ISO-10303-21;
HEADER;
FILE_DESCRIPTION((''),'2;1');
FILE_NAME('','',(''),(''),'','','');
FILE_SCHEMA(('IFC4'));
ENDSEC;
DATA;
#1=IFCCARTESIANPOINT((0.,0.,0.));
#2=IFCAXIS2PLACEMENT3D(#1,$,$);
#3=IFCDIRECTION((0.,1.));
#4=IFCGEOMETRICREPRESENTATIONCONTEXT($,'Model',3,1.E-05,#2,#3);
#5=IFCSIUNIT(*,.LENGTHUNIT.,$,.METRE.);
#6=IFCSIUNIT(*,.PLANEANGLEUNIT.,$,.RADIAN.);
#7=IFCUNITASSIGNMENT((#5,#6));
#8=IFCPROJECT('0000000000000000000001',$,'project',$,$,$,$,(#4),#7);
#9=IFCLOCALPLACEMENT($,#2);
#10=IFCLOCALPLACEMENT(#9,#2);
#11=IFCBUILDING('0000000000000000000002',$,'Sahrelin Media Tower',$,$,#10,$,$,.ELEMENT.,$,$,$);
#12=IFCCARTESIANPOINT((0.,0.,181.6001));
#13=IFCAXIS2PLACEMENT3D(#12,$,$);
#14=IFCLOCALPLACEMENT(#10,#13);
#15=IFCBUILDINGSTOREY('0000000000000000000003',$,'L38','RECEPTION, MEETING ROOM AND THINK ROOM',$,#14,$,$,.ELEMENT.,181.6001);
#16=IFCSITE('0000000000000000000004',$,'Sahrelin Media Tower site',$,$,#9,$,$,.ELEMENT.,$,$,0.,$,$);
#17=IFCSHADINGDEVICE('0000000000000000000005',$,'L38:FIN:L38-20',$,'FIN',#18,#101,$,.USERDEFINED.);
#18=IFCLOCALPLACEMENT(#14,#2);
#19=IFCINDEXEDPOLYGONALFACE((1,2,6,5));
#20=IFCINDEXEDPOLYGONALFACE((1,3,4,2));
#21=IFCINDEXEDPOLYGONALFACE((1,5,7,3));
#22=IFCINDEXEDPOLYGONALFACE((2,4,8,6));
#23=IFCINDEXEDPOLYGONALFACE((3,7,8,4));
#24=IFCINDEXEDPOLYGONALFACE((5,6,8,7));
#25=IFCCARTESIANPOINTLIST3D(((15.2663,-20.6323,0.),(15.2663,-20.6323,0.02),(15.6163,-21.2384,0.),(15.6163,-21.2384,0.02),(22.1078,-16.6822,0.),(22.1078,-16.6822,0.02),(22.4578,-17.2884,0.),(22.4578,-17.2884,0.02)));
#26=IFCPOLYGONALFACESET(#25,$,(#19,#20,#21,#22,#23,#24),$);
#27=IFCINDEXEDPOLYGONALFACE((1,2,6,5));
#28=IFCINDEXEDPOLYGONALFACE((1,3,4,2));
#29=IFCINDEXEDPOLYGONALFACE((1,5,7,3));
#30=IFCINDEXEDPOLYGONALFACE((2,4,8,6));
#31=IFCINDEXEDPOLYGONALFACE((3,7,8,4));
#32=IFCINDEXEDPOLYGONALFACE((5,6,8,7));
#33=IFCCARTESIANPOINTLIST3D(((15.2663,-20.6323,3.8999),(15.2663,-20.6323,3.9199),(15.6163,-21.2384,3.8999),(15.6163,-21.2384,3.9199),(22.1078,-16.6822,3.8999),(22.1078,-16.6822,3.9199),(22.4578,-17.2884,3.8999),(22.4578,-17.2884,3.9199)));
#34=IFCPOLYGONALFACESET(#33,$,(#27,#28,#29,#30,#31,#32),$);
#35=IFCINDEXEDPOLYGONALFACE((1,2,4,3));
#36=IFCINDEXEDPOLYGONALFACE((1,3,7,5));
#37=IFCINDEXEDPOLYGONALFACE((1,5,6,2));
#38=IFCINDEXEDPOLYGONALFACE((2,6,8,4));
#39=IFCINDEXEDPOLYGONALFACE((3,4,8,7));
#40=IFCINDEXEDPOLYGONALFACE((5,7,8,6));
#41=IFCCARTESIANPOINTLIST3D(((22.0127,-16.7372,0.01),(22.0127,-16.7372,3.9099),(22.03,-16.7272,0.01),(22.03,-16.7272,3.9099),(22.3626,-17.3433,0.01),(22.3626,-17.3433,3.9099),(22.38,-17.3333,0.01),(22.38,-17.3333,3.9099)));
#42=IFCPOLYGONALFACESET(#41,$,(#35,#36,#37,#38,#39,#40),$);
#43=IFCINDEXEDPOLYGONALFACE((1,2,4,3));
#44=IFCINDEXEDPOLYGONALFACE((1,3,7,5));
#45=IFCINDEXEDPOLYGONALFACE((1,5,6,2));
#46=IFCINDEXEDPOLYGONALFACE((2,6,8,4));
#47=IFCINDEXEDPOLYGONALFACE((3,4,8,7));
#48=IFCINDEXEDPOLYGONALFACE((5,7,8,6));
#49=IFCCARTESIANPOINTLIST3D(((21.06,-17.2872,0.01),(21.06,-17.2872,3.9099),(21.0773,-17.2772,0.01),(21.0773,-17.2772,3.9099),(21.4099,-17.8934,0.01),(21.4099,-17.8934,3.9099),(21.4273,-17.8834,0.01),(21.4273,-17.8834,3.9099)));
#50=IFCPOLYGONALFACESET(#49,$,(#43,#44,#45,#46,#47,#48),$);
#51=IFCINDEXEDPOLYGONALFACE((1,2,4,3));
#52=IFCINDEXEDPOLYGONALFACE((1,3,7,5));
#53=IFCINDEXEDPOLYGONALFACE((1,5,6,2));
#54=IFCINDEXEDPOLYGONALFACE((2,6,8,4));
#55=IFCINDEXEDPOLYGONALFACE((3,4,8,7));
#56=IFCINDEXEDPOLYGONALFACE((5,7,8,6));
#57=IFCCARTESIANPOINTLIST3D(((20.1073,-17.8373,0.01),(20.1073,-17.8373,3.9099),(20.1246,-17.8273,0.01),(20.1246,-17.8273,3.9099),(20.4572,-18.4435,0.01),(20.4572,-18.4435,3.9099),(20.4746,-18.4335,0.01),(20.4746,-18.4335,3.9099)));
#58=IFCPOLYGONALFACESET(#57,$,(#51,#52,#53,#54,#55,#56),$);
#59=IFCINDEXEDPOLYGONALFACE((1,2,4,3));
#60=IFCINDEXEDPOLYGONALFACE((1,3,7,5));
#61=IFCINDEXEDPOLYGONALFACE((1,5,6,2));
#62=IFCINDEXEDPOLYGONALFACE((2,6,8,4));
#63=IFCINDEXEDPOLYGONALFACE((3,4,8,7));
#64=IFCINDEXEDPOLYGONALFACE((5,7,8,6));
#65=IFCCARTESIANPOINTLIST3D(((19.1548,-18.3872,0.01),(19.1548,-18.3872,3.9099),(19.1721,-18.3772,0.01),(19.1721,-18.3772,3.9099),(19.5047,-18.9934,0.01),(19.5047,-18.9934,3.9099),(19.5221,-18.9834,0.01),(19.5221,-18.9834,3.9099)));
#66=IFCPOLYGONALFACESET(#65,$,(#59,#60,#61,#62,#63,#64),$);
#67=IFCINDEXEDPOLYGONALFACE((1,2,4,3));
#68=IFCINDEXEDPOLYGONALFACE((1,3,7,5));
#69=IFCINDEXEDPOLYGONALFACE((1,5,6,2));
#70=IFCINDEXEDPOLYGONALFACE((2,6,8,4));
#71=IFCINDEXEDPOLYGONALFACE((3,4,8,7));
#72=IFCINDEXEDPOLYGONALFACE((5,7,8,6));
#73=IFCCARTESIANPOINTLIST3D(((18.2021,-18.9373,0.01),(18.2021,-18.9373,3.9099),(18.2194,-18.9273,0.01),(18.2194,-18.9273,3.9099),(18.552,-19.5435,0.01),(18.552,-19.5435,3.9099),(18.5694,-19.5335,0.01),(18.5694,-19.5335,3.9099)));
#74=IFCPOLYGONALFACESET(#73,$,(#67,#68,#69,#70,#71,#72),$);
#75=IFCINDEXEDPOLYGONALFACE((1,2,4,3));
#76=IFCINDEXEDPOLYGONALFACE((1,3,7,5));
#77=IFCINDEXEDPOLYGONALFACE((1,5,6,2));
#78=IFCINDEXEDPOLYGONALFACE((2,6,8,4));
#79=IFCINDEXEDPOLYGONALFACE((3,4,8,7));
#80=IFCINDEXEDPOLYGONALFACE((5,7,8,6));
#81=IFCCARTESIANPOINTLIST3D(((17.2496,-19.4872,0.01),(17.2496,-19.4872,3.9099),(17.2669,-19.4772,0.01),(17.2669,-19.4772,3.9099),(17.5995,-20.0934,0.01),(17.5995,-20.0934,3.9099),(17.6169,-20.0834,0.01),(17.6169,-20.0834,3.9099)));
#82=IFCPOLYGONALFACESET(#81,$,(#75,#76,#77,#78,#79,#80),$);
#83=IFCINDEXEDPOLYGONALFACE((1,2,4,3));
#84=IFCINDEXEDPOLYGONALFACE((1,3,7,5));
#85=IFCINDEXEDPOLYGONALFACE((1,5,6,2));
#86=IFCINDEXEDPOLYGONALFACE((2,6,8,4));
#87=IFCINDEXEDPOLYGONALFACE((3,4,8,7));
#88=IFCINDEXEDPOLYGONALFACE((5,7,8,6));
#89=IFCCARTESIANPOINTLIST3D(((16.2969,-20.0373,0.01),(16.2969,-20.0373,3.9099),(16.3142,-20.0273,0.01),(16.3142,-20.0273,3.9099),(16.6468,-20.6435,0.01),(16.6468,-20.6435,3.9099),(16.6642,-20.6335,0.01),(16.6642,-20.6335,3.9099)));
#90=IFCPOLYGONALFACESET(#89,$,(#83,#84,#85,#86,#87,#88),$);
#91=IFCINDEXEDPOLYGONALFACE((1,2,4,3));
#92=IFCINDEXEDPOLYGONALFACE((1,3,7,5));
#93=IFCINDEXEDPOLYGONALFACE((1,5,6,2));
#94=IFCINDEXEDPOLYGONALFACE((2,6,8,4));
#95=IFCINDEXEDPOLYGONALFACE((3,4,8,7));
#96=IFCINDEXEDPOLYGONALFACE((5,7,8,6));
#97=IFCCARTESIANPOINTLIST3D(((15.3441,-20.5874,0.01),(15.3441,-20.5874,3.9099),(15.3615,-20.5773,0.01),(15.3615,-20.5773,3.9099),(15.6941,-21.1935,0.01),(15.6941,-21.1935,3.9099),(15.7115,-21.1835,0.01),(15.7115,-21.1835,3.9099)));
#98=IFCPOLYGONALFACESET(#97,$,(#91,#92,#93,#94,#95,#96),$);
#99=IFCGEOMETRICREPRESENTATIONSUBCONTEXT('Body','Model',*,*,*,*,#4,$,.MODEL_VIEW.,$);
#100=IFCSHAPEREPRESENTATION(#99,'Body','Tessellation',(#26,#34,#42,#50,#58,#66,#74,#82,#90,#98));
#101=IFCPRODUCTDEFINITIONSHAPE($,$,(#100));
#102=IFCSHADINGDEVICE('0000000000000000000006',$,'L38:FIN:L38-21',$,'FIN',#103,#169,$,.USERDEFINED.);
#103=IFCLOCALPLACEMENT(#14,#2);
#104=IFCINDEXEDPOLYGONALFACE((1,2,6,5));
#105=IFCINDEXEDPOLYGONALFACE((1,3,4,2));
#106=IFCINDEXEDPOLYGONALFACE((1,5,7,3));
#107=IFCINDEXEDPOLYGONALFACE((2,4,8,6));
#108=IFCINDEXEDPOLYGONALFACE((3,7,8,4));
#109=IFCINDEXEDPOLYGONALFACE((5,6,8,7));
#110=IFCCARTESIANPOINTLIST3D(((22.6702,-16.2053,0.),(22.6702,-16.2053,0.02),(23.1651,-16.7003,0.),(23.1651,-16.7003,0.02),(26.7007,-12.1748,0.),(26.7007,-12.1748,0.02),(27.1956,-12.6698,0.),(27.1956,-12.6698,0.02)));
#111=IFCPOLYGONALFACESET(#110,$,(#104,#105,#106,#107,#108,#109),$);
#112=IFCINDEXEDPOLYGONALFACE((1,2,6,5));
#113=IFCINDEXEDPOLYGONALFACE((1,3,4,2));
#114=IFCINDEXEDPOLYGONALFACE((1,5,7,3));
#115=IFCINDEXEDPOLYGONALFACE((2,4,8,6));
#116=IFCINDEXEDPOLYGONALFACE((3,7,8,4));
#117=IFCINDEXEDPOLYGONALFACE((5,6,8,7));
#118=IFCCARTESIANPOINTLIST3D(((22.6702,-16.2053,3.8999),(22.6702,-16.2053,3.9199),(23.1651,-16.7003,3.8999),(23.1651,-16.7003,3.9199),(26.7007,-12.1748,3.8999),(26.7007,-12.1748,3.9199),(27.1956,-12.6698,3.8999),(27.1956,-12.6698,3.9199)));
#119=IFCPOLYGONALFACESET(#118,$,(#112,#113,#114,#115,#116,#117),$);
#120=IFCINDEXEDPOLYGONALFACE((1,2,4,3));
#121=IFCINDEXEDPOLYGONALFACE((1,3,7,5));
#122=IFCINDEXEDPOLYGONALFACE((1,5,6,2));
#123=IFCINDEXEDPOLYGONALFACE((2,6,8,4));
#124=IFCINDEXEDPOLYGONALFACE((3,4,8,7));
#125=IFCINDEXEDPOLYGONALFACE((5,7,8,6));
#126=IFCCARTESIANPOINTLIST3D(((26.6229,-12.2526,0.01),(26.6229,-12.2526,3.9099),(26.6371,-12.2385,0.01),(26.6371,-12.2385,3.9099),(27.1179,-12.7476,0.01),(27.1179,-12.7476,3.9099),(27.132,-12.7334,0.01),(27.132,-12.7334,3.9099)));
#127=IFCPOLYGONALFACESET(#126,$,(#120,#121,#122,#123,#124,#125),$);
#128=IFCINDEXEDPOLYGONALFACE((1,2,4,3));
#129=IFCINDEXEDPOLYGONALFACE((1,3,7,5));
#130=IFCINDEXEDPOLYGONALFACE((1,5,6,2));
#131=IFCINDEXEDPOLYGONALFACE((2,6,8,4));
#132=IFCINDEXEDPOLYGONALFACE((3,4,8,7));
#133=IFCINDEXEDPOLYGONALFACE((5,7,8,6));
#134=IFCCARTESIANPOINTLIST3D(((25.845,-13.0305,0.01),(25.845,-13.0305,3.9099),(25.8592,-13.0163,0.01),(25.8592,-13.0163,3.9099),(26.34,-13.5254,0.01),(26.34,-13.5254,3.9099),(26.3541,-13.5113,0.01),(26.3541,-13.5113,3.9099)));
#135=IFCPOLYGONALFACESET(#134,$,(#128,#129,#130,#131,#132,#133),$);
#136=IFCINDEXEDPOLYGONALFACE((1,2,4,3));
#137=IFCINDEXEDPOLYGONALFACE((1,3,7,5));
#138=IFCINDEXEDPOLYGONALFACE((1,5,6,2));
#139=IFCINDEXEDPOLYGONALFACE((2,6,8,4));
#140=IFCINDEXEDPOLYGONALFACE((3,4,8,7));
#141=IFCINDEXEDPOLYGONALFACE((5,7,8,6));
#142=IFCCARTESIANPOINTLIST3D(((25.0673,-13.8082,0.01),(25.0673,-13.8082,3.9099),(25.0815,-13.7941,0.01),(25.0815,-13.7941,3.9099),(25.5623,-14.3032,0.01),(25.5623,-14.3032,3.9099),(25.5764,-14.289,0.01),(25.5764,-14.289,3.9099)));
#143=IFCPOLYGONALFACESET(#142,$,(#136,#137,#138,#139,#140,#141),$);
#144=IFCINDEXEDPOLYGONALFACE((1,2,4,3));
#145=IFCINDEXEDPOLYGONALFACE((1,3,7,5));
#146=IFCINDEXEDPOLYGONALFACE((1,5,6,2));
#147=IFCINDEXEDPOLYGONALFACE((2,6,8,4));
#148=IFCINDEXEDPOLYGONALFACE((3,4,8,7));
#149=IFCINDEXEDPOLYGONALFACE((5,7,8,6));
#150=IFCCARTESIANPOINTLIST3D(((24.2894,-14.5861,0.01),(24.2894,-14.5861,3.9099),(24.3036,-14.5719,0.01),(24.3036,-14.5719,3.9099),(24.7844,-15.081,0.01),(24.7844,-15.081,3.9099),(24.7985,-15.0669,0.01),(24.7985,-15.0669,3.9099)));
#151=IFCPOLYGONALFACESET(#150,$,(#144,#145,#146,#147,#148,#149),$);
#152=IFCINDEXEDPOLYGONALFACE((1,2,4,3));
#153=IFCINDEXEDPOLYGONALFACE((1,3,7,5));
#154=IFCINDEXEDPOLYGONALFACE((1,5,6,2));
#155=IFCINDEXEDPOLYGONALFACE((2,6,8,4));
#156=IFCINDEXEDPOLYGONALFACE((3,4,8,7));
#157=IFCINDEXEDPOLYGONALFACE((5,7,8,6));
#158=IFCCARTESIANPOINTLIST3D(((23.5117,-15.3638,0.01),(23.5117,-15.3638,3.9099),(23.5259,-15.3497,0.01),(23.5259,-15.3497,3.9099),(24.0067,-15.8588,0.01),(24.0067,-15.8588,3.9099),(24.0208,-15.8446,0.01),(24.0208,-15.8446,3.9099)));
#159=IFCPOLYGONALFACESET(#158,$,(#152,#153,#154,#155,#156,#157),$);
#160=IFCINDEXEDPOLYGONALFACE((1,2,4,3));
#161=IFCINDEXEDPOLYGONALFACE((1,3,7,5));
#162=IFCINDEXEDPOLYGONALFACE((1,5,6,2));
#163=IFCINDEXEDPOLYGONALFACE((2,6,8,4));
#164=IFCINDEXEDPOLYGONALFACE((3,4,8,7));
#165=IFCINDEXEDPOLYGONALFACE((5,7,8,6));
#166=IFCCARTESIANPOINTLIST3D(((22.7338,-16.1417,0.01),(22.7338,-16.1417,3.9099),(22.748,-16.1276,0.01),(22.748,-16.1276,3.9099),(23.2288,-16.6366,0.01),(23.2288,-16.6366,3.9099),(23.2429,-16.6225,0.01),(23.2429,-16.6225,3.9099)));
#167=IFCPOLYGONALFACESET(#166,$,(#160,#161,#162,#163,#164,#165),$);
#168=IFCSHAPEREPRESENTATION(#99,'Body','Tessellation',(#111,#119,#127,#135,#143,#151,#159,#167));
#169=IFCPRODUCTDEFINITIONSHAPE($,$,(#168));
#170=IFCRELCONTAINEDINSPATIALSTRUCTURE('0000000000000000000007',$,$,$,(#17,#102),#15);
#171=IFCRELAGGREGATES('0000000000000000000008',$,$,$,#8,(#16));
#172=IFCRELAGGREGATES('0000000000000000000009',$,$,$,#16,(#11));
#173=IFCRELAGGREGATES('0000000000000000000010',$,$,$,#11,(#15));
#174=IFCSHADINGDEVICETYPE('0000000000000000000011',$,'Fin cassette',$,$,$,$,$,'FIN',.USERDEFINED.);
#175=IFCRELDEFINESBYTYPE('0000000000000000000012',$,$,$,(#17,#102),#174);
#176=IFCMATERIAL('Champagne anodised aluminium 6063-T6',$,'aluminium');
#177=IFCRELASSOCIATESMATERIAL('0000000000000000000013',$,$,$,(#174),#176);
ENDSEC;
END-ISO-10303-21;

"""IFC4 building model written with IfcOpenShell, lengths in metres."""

from ifc_helpers import new_model, si_unit, direction, frame, origin, origin_2d, place, context, subcontext, project, spatial, rectangle, extrude, material, type_object, element, save


model = new_model("IFC4")

# Units and contexts
model_context = context("Model", 3, precision=1e-05, world=origin(), true_north=direction((0.0, 1.0)))
body_context = subcontext(model_context, "Body", "Model", "MODEL_VIEW")
ifc_project = project(units=[si_unit("LENGTHUNIT", "METRE"), si_unit("PLANEANGLEUNIT", "RADIAN")], contexts=[model_context])

# Site, building, storey
site_placement = place(None, origin())
site = spatial("IfcSite", under=ifc_project, at=site_placement, Name="Sahrelin Media Tower site", CompositionType="ELEMENT", RefElevation=0.0)
building_placement = place(site_placement, origin())
building = spatial("IfcBuilding", under=site, at=building_placement, Name="Sahrelin Media Tower", CompositionType="ELEMENT")
storey_placement = place(building_placement, frame((0.0, 0.0, 181.6001)))
storey = spatial("IfcBuildingStorey", under=building, at=storey_placement, Name="L38", Description="RECEPTION, MEETING ROOM AND THINK ROOM", CompositionType="ELEMENT", Elevation=181.6001)

# Shared definitions
ifc_material_1 = material(Name="Champagne anodised aluminium 6063-T6", Category="aluminium")

# Shading devices
shading_device_type_1 = type_object("IfcShadingDeviceType", Name="Fin cassette", ElementType="FIN", PredefinedType="USERDEFINED", material=ifc_material_1)
placement_1 = place(storey_placement, frame((18.6521, -18.5967, 0.0), z_axis=(0.0, 0.0, 1.0), x_axis=(-0.866019, -0.500011, 0.0)))
element("IfcShadingDevice", 1, at=placement_1, inside=storey, type_object=shading_device_type_1, Name="L38:FIN:L38-20", ObjectType="FIN", PredefinedType="USERDEFINED", context=body_context, shape_type="SweptSolid", body=[
    extrude(rectangle(XDim=7.8999, YDim=0.7, at=origin_2d()), frame((0.0, 0.4199, 0.0)), (0.0, 0.0, 1.0), 0.02),
    extrude(rectangle(XDim=7.8999, YDim=0.7, at=origin_2d()), frame((0.0, 0.4199, 3.8999)), (0.0, 0.0, 1.0), 0.02),
    extrude(rectangle(XDim=0.02, YDim=0.7, at=origin_2d()), frame((-3.8501, 0.4199, 0.01), z_axis=(0.0, 0.0, 1.0), x_axis=(1.0, 0.0, 0.0)), (0.0, 0.0, 1.0), 3.8999),
    extrude(rectangle(XDim=0.02, YDim=0.7, at=origin_2d()), frame((-2.75, 0.4199, 0.01), z_axis=(0.0, 0.0, 1.0), x_axis=(1.0, 0.0, 0.0)), (0.0, 0.0, 1.0), 3.8999),
    extrude(rectangle(XDim=0.02, YDim=0.7, at=origin_2d()), frame((-1.6499, 0.4199, 0.01), z_axis=(0.0, 0.0, 1.0), x_axis=(1.0, 0.0, 0.0)), (0.0, 0.0, 1.0), 3.8999),
    extrude(rectangle(XDim=0.02, YDim=0.7, at=origin_2d()), frame((-0.55, 0.4199, 0.01), z_axis=(0.0, 0.0, 1.0), x_axis=(1.0, 0.0, 0.0)), (0.0, 0.0, 1.0), 3.8999),
    extrude(rectangle(XDim=0.02, YDim=0.7, at=origin_2d()), frame((0.55, 0.4199, 0.01), z_axis=(0.0, 0.0, 1.0), x_axis=(1.0, 0.0, 0.0)), (0.0, 0.0, 1.0), 3.8999),
    extrude(rectangle(XDim=0.02, YDim=0.7, at=origin_2d()), frame((1.6499, 0.4199, 0.01), z_axis=(0.0, 0.0, 1.0), x_axis=(1.0, 0.0, 0.0)), (0.0, 0.0, 1.0), 3.8999),
    extrude(rectangle(XDim=0.02, YDim=0.7, at=origin_2d()), frame((2.75, 0.4199, 0.01), z_axis=(0.0, 0.0, 1.0), x_axis=(1.0, 0.0, 0.0)), (0.0, 0.0, 1.0), 3.8999),
    extrude(rectangle(XDim=0.02, YDim=0.7, at=origin_2d()), frame((3.8501, 0.4199, 0.01), z_axis=(0.0, 0.0, 1.0), x_axis=(1.0, 0.0, 0.0)), (0.0, 0.0, 1.0), 3.8999),
])
placement_2 = place(storey_placement, frame((24.636, -14.1406, 0.0), z_axis=(0.0, 0.0, 1.0), x_axis=(-0.707107, -0.707107, 0.0)))
element("IfcShadingDevice", 2, at=placement_2, inside=storey, type_object=shading_device_type_1, Name="L38:FIN:L38-21", ObjectType="FIN", PredefinedType="USERDEFINED", context=body_context, shape_type="SweptSolid", body=[
    extrude(rectangle(XDim=5.7, YDim=0.7, at=origin_2d()), frame((0.0, 0.4199, 0.0)), (0.0, 0.0, 1.0), 0.02),
    extrude(rectangle(XDim=5.7, YDim=0.7, at=origin_2d()), frame((0.0, 0.4199, 3.8999)), (0.0, 0.0, 1.0), 0.02),
    extrude(rectangle(XDim=0.02, YDim=0.7, at=origin_2d()), frame((-2.75, 0.4199, 0.01), z_axis=(0.0, 0.0, 1.0), x_axis=(1.0, 0.0, 0.0)), (0.0, 0.0, 1.0), 3.8999),
    extrude(rectangle(XDim=0.02, YDim=0.7, at=origin_2d()), frame((-1.6499, 0.4199, 0.01), z_axis=(0.0, 0.0, 1.0), x_axis=(1.0, 0.0, 0.0)), (0.0, 0.0, 1.0), 3.8999),
    extrude(rectangle(XDim=0.02, YDim=0.7, at=origin_2d()), frame((-0.55, 0.4199, 0.01), z_axis=(0.0, 0.0, 1.0), x_axis=(1.0, 0.0, 0.0)), (0.0, 0.0, 1.0), 3.8999),
    extrude(rectangle(XDim=0.02, YDim=0.7, at=origin_2d()), frame((0.55, 0.4199, 0.01), z_axis=(0.0, 0.0, 1.0), x_axis=(1.0, 0.0, 0.0)), (0.0, 0.0, 1.0), 3.8999),
    extrude(rectangle(XDim=0.02, YDim=0.7, at=origin_2d()), frame((1.6499, 0.4199, 0.01), z_axis=(0.0, 0.0, 1.0), x_axis=(1.0, 0.0, 0.0)), (0.0, 0.0, 1.0), 3.8999),
    extrude(rectangle(XDim=0.02, YDim=0.7, at=origin_2d()), frame((2.75, 0.4199, 0.01), z_axis=(0.0, 0.0, 1.0), x_axis=(1.0, 0.0, 0.0)), (0.0, 0.0, 1.0), 3.8999),
])

save(model, "model.ifc")
